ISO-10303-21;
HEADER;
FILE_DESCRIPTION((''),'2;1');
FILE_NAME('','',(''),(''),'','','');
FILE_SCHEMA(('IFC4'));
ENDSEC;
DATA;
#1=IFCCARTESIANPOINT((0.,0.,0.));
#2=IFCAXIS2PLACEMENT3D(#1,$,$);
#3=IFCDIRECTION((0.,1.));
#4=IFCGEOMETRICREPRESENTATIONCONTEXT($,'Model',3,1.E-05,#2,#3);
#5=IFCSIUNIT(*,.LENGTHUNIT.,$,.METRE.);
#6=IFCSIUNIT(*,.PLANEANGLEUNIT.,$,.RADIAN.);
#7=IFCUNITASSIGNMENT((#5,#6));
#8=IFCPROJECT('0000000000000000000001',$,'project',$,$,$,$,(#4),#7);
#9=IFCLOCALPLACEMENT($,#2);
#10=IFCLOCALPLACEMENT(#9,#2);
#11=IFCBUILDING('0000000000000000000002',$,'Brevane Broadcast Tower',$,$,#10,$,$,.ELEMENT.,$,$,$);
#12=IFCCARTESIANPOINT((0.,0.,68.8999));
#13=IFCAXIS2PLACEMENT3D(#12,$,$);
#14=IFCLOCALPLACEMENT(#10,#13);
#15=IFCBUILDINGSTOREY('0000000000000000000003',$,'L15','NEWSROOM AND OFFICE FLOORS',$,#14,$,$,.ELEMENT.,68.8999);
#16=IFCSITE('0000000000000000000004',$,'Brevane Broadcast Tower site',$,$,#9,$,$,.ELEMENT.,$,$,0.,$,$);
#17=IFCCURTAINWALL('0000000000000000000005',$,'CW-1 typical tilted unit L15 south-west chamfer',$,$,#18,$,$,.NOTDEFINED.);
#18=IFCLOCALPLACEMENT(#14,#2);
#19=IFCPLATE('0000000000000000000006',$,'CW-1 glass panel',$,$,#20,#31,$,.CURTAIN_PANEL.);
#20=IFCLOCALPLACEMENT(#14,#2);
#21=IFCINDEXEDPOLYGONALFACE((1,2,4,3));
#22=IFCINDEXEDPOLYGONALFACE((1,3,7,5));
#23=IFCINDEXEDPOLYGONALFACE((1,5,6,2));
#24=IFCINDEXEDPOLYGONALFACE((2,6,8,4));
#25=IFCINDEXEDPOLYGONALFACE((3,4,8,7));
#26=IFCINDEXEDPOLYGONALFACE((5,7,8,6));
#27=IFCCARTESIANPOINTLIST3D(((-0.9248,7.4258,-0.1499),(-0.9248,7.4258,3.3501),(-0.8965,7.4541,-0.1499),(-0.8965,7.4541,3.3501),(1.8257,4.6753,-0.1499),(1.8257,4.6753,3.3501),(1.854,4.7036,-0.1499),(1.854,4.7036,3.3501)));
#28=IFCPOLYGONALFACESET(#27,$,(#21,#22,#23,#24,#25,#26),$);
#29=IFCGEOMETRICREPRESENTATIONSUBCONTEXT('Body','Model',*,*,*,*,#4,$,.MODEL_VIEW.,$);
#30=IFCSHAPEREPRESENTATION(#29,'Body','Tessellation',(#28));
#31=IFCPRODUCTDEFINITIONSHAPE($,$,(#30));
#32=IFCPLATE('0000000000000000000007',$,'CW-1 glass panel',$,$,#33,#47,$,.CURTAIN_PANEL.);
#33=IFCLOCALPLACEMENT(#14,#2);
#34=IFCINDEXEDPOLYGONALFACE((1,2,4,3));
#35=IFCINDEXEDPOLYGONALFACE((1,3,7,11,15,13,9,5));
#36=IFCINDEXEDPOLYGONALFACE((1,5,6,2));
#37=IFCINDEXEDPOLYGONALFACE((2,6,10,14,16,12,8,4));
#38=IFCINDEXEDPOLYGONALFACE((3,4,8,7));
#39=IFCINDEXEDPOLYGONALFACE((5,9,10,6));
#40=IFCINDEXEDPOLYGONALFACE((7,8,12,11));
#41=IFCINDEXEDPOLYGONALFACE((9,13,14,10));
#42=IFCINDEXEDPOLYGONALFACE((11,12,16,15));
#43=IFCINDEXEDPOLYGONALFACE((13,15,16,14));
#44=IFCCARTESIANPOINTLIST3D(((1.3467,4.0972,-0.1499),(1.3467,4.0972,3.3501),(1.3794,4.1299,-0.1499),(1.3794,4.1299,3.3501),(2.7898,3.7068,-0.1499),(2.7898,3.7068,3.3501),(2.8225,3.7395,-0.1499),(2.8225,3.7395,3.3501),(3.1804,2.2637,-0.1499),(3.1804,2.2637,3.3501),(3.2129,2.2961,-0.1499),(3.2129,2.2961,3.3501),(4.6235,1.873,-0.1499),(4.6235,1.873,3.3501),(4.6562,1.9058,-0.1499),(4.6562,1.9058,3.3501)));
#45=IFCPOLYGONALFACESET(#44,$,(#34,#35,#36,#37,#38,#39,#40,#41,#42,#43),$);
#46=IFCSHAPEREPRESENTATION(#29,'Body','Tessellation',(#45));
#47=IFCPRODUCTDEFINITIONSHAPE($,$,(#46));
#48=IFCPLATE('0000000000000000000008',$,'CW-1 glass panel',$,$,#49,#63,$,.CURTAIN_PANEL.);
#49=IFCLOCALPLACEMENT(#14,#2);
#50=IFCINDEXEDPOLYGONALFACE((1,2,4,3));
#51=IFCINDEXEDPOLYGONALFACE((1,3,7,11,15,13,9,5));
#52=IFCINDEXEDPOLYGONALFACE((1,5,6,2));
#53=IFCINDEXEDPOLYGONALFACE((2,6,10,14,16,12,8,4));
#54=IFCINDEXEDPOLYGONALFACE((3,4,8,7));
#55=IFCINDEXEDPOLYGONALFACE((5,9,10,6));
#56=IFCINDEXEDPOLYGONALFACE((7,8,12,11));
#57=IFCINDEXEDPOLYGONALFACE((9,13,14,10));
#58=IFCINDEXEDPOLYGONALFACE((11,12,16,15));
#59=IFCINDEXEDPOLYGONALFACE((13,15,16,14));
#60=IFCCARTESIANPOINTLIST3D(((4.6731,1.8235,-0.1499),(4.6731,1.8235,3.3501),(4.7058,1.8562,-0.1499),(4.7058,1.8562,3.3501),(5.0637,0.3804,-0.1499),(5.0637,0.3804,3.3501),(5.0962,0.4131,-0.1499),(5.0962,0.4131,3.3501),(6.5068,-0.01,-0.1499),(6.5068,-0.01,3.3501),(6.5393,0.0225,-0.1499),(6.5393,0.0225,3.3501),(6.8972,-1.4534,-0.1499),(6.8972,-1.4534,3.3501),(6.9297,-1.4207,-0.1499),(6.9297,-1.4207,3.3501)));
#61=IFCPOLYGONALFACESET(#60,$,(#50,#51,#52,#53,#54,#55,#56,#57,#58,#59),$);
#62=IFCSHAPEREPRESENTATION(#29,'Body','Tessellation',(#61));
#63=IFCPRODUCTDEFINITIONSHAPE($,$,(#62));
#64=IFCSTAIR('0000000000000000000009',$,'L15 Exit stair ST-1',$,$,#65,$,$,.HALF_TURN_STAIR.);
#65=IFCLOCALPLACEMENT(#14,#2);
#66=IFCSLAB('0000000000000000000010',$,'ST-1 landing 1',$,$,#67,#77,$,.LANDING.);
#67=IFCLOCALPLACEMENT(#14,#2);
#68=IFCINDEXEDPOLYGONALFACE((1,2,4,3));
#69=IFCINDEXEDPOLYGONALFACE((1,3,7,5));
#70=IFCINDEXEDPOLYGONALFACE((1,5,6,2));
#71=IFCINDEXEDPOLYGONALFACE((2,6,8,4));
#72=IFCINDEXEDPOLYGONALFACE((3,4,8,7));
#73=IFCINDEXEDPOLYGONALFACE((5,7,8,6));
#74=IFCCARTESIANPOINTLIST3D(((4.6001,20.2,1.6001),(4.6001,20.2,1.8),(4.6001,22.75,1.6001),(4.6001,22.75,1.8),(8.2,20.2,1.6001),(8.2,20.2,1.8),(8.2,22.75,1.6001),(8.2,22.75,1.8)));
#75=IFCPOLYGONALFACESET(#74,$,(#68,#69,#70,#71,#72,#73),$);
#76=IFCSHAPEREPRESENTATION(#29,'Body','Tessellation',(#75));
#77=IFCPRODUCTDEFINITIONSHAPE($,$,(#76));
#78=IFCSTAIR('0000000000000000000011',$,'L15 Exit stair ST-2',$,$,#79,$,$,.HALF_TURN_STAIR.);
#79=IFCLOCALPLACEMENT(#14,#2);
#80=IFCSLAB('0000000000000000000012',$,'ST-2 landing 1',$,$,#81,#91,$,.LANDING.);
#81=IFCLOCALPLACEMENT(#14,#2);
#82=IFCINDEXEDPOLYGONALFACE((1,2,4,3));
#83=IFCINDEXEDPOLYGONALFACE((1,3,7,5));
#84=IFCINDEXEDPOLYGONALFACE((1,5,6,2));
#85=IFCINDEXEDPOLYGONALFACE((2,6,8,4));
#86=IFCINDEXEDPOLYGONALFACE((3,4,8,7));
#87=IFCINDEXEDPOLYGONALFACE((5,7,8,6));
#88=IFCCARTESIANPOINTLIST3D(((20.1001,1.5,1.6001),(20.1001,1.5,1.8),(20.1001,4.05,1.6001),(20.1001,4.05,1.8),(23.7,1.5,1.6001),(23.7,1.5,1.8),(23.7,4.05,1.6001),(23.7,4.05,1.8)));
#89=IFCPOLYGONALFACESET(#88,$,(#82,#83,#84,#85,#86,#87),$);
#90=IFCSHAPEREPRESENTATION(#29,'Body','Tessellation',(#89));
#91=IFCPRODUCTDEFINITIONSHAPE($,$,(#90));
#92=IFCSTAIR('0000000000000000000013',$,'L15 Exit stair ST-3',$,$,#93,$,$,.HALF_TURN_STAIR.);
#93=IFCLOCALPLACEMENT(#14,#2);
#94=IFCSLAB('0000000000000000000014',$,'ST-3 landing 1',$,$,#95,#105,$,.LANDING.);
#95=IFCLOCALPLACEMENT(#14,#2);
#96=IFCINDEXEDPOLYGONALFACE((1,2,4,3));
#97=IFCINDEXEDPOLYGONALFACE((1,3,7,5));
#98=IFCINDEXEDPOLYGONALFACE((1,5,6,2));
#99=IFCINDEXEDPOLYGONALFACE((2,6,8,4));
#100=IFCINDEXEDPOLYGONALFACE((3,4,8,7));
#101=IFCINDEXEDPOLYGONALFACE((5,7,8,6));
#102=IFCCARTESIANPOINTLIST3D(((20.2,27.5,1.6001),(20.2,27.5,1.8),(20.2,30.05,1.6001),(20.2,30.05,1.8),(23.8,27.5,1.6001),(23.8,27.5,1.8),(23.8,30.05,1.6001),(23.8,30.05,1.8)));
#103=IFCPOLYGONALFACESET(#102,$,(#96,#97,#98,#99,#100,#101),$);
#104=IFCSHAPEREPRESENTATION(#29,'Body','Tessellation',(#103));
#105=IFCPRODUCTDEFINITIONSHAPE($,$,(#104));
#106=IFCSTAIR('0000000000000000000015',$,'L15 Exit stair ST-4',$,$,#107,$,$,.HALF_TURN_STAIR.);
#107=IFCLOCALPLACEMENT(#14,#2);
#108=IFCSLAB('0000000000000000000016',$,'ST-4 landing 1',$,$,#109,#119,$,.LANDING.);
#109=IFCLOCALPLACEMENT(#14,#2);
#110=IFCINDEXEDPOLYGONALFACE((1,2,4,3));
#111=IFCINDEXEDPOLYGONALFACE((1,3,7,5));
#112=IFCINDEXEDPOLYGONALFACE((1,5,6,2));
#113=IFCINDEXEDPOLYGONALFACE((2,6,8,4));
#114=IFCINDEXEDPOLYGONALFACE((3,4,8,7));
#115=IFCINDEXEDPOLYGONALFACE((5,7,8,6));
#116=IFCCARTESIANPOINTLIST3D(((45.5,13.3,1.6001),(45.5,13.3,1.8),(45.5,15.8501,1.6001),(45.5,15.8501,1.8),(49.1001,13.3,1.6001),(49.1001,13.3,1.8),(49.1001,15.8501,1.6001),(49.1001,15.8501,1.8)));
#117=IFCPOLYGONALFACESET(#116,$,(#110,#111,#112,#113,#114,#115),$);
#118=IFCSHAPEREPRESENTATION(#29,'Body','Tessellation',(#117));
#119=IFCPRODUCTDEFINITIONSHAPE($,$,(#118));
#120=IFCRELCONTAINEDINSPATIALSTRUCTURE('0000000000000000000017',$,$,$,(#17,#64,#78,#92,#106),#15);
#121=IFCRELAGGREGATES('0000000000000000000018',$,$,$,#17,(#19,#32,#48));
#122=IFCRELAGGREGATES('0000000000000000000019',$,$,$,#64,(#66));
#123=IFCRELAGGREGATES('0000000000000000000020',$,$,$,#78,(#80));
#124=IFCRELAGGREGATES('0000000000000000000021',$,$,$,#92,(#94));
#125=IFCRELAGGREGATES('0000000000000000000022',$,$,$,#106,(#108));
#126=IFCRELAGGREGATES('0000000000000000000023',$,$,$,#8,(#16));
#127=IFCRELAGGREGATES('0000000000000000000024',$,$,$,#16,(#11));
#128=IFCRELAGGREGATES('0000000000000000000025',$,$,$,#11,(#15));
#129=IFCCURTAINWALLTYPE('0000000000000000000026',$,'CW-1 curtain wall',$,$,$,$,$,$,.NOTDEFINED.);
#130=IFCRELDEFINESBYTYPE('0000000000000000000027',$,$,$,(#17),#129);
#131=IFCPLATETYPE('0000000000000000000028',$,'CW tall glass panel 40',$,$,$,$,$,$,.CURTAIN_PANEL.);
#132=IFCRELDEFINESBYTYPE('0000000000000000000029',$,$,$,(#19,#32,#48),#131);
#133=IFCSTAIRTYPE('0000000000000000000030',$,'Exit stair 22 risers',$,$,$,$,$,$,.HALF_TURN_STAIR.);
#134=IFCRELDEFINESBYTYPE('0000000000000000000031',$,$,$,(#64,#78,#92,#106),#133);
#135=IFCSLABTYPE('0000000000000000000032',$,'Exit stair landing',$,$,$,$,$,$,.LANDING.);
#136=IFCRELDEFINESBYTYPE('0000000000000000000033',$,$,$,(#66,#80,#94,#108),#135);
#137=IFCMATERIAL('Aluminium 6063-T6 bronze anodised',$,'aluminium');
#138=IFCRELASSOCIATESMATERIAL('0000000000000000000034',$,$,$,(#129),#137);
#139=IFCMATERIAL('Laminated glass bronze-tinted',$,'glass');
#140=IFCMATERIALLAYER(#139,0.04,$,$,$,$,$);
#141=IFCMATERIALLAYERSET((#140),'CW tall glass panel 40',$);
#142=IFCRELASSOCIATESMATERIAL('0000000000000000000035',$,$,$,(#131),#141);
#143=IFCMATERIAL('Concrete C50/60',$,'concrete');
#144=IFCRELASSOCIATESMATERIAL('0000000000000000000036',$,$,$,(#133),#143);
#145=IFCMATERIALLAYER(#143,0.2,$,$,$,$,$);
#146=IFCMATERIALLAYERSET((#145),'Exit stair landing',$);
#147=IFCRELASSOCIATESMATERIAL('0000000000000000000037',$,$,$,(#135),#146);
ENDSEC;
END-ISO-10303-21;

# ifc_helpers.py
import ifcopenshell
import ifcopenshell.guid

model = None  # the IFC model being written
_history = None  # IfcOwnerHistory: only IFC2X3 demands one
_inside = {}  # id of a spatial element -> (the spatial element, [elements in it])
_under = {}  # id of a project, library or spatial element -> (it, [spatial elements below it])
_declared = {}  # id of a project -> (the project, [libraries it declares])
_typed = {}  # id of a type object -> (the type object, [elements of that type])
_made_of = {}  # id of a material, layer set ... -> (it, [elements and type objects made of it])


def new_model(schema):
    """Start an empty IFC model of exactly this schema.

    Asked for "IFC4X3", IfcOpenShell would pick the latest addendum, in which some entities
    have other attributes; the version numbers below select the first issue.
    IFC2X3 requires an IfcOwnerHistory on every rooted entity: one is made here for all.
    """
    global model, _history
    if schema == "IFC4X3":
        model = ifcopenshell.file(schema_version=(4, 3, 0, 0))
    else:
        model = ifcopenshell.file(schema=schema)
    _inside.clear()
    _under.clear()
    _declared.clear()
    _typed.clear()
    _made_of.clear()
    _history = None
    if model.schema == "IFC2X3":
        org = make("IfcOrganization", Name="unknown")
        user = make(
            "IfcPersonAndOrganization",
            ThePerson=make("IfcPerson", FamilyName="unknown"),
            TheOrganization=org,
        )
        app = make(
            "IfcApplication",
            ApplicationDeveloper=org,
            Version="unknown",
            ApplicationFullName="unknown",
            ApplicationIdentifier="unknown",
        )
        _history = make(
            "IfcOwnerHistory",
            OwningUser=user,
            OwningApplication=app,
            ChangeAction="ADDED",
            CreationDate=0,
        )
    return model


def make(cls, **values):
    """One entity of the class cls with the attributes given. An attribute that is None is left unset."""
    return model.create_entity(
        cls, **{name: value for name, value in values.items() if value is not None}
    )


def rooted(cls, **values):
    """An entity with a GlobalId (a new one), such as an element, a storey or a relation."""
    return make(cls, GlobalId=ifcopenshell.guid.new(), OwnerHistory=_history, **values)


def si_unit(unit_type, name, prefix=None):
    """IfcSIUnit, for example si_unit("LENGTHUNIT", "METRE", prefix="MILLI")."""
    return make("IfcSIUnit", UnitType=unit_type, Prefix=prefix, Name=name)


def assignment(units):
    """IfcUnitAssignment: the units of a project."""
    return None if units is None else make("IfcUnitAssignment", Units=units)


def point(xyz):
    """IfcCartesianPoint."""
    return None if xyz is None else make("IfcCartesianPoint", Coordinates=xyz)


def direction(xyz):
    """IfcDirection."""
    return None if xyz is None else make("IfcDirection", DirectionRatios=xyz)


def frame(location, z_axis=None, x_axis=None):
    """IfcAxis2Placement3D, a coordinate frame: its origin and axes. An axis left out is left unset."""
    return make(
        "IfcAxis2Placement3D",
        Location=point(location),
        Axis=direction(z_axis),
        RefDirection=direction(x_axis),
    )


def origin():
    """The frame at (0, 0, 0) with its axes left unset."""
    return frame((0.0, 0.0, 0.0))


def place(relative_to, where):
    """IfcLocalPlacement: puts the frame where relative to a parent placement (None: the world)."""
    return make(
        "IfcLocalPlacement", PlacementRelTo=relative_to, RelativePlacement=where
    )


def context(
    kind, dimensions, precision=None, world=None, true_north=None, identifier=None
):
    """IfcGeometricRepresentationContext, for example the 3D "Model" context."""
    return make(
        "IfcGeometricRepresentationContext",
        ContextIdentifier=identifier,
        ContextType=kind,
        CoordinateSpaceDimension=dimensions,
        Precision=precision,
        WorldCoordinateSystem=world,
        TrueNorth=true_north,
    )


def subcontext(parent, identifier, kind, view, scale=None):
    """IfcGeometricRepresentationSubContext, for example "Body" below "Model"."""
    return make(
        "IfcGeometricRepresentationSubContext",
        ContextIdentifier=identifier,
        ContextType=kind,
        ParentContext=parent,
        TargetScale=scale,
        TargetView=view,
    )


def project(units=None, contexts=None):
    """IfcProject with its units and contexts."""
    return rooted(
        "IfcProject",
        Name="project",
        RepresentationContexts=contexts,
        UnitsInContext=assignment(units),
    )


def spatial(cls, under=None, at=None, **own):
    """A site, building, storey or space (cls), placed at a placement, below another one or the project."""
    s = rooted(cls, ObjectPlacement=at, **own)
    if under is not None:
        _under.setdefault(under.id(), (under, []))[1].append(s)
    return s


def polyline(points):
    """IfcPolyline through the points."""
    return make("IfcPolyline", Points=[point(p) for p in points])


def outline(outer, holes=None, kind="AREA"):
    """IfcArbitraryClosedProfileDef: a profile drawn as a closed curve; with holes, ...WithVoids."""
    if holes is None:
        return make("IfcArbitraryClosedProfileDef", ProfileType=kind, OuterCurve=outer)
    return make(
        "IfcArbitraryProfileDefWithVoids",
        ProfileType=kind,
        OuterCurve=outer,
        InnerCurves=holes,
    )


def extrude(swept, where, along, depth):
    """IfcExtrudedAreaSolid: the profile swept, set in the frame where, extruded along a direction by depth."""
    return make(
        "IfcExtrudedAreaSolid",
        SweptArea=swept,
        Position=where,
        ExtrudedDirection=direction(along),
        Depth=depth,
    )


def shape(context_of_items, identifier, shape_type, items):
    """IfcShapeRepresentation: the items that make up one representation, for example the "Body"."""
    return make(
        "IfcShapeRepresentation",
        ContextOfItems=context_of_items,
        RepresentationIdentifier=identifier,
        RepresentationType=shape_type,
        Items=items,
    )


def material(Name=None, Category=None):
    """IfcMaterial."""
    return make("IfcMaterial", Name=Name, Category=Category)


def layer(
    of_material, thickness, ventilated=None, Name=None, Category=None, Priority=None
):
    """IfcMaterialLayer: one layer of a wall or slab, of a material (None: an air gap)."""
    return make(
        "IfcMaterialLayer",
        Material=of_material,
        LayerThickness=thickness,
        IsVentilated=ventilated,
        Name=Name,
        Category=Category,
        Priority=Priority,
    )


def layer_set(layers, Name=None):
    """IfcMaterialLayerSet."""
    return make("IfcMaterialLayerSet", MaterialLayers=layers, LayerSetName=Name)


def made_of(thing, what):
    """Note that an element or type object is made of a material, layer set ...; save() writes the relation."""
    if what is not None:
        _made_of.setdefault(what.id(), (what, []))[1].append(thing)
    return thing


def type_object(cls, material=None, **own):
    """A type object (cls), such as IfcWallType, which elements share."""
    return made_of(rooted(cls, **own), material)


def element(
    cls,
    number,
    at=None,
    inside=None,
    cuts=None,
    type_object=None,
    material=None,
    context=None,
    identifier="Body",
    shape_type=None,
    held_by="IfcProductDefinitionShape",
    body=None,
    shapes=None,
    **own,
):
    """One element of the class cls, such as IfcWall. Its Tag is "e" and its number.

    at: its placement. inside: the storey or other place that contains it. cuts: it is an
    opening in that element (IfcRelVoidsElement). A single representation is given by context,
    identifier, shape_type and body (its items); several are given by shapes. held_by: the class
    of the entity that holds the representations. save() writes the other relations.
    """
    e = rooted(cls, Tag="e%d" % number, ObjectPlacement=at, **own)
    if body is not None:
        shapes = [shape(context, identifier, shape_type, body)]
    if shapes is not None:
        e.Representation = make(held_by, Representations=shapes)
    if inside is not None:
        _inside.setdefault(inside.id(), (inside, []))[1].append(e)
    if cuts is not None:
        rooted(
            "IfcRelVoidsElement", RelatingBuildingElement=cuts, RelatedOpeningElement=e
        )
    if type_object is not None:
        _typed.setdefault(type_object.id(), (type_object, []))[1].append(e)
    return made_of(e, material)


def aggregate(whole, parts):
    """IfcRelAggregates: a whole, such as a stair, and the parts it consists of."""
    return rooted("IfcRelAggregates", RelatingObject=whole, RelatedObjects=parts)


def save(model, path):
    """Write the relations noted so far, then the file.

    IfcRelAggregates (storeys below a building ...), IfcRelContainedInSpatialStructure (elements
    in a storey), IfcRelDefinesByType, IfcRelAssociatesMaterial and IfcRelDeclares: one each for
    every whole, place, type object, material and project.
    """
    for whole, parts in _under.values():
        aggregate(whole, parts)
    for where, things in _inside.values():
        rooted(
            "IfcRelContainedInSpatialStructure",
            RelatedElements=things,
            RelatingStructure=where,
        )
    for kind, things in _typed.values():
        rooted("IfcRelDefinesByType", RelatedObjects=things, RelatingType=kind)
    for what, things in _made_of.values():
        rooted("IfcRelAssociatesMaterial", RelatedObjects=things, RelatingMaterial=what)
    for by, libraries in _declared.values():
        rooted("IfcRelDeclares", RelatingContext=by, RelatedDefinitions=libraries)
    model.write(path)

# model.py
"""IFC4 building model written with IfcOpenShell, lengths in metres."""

from ifc_helpers import new_model, si_unit, direction, frame, origin, place, context, subcontext, project, spatial, polyline, outline, extrude, material, layer, layer_set, type_object, element, aggregate, save


model = new_model("IFC4")

# Units and contexts
model_context = context("Model", 3, precision=1e-05, world=origin(), true_north=direction((0.0, 1.0)))
body_context = subcontext(model_context, "Body", "Model", "MODEL_VIEW")
ifc_project = project(units=[si_unit("LENGTHUNIT", "METRE"), si_unit("PLANEANGLEUNIT", "RADIAN")], contexts=[model_context])

# Site, building, storey
site_placement = place(None, origin())
site = spatial("IfcSite", under=ifc_project, at=site_placement, Name="Brevane Broadcast Tower site", CompositionType="ELEMENT", RefElevation=0.0)
building_placement = place(site_placement, origin())
building = spatial("IfcBuilding", under=site, at=building_placement, Name="Brevane Broadcast Tower", CompositionType="ELEMENT")
storey_placement = place(building_placement, frame((0.0, 0.0, 68.8999)))
storey = spatial("IfcBuildingStorey", under=building, at=storey_placement, Name="L15", Description="NEWSROOM AND OFFICE FLOORS", CompositionType="ELEMENT", Elevation=68.8999)

# Curtain wall
ifc_material_1 = material(Name="Aluminium 6063-T6 bronze anodised", Category="aluminium")
curtain_wall_type = type_object("IfcCurtainWallType", Name="CW-1 curtain wall", PredefinedType="NOTDEFINED", material=ifc_material_1)
curtain_wall_1_placement = place(storey_placement, origin())
curtain_wall_1 = element("IfcCurtainWall", 1, at=curtain_wall_1_placement, inside=storey, type_object=curtain_wall_type, Name="CW-1 typical tilted unit L15 south-west chamfer", PredefinedType="NOTDEFINED")

# Shared definitions
ifc_material_2 = material(Name="Laminated glass bronze-tinted", Category="glass")
ifc_layer_1 = layer(ifc_material_2, 0.04)
ifc_layer_set_1 = layer_set([ifc_layer_1], Name="CW tall glass panel 40")
plate_type = type_object("IfcPlateType", Name="CW tall glass panel 40", PredefinedType="CURTAIN_PANEL", material=ifc_layer_set_1)

# Plates
plate_1_placement = place(storey_placement, frame((0.0, 0.0, -0.1499)))
plate_1 = element("IfcPlate", 2, at=plate_1_placement, type_object=plate_type, Name="CW-1 glass panel", PredefinedType="CURTAIN_PANEL", context=body_context, shape_type="SweptSolid", body=[
    extrude(outline(polyline([(-0.8965, 7.4541), (1.854, 4.7036), (1.8257, 4.6753), (-0.9248, 7.4258), (-0.8965, 7.4541)])), origin(), (0.0, 0.0, 1.0), 3.5),
])
plate_2_placement = place(storey_placement, frame((0.0, 0.0, -0.1499)))
plate_2 = element("IfcPlate", 3, at=plate_2_placement, type_object=plate_type, Name="CW-1 glass panel", PredefinedType="CURTAIN_PANEL", context=body_context, shape_type="SweptSolid", body=[
    extrude(outline(polyline([(1.3794, 4.1299), (1.3467, 4.0972), (2.7898, 3.7068), (3.1804, 2.2637), (4.6235, 1.873), (4.6562, 1.9058), (3.2129, 2.2961), (2.8225, 3.7395), (1.3794, 4.1299)])), origin(), (0.0, 0.0, 1.0), 3.5),
])
plate_3_placement = place(storey_placement, frame((0.0, 0.0, -0.1499)))
plate_3 = element("IfcPlate", 4, at=plate_3_placement, type_object=plate_type, Name="CW-1 glass panel", PredefinedType="CURTAIN_PANEL", context=body_context, shape_type="SweptSolid", body=[
    extrude(outline(polyline([(4.7058, 1.8562), (4.6731, 1.8235), (5.0637, 0.3804), (6.5068, -0.01), (6.8972, -1.4534), (6.9297, -1.4207), (6.5393, 0.0225), (5.0962, 0.4131), (4.7058, 1.8562)])), origin(), (0.0, 0.0, 1.0), 3.5),
])
aggregate(curtain_wall_1, [plate_1, plate_2, plate_3])

# Stairs, slabs
ifc_material_3 = material(Name="Concrete C50/60", Category="concrete")
stair_type = type_object("IfcStairType", Name="Exit stair 22 risers", PredefinedType="HALF_TURN_STAIR", material=ifc_material_3)
stair_1_placement = place(storey_placement, origin())
stair_1 = element("IfcStair", 5, at=stair_1_placement, inside=storey, type_object=stair_type, Name="L15 Exit stair ST-1", PredefinedType="HALF_TURN_STAIR")
ifc_layer_2 = layer(ifc_material_3, 0.2)
ifc_layer_set_2 = layer_set([ifc_layer_2], Name="Exit stair landing")
slab_type_1 = type_object("IfcSlabType", Name="Exit stair landing", PredefinedType="LANDING", material=ifc_layer_set_2)
slab_1_placement = place(storey_placement, frame((0.0, 0.0, 1.6001)))
slab_1 = element("IfcSlab", 6, at=slab_1_placement, type_object=slab_type_1, Name="ST-1 landing 1", PredefinedType="LANDING", context=body_context, shape_type="SweptSolid", body=[
    extrude(outline(polyline([(4.6001, 20.2), (8.2, 20.2), (8.2, 22.75), (4.6001, 22.75), (4.6001, 20.2)])), origin(), (0.0, 0.0, 1.0), 0.2),
])
aggregate(stair_1, [slab_1])
stair_2_placement = place(storey_placement, origin())
stair_2 = element("IfcStair", 7, at=stair_2_placement, inside=storey, type_object=stair_type, Name="L15 Exit stair ST-2", PredefinedType="HALF_TURN_STAIR")
slab_2_placement = place(storey_placement, frame((0.0, 0.0, 1.6001)))
slab_2 = element("IfcSlab", 8, at=slab_2_placement, type_object=slab_type_1, Name="ST-2 landing 1", PredefinedType="LANDING", context=body_context, shape_type="SweptSolid", body=[
    extrude(outline(polyline([(20.1001, 1.5), (23.7, 1.5), (23.7, 4.05), (20.1001, 4.05), (20.1001, 1.5)])), origin(), (0.0, 0.0, 1.0), 0.2),
])
aggregate(stair_2, [slab_2])
stair_3_placement = place(storey_placement, origin())
stair_3 = element("IfcStair", 9, at=stair_3_placement, inside=storey, type_object=stair_type, Name="L15 Exit stair ST-3", PredefinedType="HALF_TURN_STAIR")
slab_3_placement = place(storey_placement, frame((0.0, 0.0, 1.6001)))
slab_3 = element("IfcSlab", 10, at=slab_3_placement, type_object=slab_type_1, Name="ST-3 landing 1", PredefinedType="LANDING", context=body_context, shape_type="SweptSolid", body=[
    extrude(outline(polyline([(20.2, 27.5), (23.8, 27.5), (23.8, 30.05), (20.2, 30.05), (20.2, 27.5)])), origin(), (0.0, 0.0, 1.0), 0.2),
])
aggregate(stair_3, [slab_3])
stair_4_placement = place(storey_placement, origin())
stair_4 = element("IfcStair", 11, at=stair_4_placement, inside=storey, type_object=stair_type, Name="L15 Exit stair ST-4", PredefinedType="HALF_TURN_STAIR")
slab_4_placement = place(storey_placement, frame((0.0, 0.0, 1.6001)))
slab_4 = element("IfcSlab", 12, at=slab_4_placement, type_object=slab_type_1, Name="ST-4 landing 1", PredefinedType="LANDING", context=body_context, shape_type="SweptSolid", body=[
    extrude(outline(polyline([(45.5, 13.3), (49.1001, 13.3), (49.1001, 15.8501), (45.5, 15.8501), (45.5, 13.3)])), origin(), (0.0, 0.0, 1.0), 0.2),
])
aggregate(stair_4, [slab_4])

save(model, "model.ifc")
